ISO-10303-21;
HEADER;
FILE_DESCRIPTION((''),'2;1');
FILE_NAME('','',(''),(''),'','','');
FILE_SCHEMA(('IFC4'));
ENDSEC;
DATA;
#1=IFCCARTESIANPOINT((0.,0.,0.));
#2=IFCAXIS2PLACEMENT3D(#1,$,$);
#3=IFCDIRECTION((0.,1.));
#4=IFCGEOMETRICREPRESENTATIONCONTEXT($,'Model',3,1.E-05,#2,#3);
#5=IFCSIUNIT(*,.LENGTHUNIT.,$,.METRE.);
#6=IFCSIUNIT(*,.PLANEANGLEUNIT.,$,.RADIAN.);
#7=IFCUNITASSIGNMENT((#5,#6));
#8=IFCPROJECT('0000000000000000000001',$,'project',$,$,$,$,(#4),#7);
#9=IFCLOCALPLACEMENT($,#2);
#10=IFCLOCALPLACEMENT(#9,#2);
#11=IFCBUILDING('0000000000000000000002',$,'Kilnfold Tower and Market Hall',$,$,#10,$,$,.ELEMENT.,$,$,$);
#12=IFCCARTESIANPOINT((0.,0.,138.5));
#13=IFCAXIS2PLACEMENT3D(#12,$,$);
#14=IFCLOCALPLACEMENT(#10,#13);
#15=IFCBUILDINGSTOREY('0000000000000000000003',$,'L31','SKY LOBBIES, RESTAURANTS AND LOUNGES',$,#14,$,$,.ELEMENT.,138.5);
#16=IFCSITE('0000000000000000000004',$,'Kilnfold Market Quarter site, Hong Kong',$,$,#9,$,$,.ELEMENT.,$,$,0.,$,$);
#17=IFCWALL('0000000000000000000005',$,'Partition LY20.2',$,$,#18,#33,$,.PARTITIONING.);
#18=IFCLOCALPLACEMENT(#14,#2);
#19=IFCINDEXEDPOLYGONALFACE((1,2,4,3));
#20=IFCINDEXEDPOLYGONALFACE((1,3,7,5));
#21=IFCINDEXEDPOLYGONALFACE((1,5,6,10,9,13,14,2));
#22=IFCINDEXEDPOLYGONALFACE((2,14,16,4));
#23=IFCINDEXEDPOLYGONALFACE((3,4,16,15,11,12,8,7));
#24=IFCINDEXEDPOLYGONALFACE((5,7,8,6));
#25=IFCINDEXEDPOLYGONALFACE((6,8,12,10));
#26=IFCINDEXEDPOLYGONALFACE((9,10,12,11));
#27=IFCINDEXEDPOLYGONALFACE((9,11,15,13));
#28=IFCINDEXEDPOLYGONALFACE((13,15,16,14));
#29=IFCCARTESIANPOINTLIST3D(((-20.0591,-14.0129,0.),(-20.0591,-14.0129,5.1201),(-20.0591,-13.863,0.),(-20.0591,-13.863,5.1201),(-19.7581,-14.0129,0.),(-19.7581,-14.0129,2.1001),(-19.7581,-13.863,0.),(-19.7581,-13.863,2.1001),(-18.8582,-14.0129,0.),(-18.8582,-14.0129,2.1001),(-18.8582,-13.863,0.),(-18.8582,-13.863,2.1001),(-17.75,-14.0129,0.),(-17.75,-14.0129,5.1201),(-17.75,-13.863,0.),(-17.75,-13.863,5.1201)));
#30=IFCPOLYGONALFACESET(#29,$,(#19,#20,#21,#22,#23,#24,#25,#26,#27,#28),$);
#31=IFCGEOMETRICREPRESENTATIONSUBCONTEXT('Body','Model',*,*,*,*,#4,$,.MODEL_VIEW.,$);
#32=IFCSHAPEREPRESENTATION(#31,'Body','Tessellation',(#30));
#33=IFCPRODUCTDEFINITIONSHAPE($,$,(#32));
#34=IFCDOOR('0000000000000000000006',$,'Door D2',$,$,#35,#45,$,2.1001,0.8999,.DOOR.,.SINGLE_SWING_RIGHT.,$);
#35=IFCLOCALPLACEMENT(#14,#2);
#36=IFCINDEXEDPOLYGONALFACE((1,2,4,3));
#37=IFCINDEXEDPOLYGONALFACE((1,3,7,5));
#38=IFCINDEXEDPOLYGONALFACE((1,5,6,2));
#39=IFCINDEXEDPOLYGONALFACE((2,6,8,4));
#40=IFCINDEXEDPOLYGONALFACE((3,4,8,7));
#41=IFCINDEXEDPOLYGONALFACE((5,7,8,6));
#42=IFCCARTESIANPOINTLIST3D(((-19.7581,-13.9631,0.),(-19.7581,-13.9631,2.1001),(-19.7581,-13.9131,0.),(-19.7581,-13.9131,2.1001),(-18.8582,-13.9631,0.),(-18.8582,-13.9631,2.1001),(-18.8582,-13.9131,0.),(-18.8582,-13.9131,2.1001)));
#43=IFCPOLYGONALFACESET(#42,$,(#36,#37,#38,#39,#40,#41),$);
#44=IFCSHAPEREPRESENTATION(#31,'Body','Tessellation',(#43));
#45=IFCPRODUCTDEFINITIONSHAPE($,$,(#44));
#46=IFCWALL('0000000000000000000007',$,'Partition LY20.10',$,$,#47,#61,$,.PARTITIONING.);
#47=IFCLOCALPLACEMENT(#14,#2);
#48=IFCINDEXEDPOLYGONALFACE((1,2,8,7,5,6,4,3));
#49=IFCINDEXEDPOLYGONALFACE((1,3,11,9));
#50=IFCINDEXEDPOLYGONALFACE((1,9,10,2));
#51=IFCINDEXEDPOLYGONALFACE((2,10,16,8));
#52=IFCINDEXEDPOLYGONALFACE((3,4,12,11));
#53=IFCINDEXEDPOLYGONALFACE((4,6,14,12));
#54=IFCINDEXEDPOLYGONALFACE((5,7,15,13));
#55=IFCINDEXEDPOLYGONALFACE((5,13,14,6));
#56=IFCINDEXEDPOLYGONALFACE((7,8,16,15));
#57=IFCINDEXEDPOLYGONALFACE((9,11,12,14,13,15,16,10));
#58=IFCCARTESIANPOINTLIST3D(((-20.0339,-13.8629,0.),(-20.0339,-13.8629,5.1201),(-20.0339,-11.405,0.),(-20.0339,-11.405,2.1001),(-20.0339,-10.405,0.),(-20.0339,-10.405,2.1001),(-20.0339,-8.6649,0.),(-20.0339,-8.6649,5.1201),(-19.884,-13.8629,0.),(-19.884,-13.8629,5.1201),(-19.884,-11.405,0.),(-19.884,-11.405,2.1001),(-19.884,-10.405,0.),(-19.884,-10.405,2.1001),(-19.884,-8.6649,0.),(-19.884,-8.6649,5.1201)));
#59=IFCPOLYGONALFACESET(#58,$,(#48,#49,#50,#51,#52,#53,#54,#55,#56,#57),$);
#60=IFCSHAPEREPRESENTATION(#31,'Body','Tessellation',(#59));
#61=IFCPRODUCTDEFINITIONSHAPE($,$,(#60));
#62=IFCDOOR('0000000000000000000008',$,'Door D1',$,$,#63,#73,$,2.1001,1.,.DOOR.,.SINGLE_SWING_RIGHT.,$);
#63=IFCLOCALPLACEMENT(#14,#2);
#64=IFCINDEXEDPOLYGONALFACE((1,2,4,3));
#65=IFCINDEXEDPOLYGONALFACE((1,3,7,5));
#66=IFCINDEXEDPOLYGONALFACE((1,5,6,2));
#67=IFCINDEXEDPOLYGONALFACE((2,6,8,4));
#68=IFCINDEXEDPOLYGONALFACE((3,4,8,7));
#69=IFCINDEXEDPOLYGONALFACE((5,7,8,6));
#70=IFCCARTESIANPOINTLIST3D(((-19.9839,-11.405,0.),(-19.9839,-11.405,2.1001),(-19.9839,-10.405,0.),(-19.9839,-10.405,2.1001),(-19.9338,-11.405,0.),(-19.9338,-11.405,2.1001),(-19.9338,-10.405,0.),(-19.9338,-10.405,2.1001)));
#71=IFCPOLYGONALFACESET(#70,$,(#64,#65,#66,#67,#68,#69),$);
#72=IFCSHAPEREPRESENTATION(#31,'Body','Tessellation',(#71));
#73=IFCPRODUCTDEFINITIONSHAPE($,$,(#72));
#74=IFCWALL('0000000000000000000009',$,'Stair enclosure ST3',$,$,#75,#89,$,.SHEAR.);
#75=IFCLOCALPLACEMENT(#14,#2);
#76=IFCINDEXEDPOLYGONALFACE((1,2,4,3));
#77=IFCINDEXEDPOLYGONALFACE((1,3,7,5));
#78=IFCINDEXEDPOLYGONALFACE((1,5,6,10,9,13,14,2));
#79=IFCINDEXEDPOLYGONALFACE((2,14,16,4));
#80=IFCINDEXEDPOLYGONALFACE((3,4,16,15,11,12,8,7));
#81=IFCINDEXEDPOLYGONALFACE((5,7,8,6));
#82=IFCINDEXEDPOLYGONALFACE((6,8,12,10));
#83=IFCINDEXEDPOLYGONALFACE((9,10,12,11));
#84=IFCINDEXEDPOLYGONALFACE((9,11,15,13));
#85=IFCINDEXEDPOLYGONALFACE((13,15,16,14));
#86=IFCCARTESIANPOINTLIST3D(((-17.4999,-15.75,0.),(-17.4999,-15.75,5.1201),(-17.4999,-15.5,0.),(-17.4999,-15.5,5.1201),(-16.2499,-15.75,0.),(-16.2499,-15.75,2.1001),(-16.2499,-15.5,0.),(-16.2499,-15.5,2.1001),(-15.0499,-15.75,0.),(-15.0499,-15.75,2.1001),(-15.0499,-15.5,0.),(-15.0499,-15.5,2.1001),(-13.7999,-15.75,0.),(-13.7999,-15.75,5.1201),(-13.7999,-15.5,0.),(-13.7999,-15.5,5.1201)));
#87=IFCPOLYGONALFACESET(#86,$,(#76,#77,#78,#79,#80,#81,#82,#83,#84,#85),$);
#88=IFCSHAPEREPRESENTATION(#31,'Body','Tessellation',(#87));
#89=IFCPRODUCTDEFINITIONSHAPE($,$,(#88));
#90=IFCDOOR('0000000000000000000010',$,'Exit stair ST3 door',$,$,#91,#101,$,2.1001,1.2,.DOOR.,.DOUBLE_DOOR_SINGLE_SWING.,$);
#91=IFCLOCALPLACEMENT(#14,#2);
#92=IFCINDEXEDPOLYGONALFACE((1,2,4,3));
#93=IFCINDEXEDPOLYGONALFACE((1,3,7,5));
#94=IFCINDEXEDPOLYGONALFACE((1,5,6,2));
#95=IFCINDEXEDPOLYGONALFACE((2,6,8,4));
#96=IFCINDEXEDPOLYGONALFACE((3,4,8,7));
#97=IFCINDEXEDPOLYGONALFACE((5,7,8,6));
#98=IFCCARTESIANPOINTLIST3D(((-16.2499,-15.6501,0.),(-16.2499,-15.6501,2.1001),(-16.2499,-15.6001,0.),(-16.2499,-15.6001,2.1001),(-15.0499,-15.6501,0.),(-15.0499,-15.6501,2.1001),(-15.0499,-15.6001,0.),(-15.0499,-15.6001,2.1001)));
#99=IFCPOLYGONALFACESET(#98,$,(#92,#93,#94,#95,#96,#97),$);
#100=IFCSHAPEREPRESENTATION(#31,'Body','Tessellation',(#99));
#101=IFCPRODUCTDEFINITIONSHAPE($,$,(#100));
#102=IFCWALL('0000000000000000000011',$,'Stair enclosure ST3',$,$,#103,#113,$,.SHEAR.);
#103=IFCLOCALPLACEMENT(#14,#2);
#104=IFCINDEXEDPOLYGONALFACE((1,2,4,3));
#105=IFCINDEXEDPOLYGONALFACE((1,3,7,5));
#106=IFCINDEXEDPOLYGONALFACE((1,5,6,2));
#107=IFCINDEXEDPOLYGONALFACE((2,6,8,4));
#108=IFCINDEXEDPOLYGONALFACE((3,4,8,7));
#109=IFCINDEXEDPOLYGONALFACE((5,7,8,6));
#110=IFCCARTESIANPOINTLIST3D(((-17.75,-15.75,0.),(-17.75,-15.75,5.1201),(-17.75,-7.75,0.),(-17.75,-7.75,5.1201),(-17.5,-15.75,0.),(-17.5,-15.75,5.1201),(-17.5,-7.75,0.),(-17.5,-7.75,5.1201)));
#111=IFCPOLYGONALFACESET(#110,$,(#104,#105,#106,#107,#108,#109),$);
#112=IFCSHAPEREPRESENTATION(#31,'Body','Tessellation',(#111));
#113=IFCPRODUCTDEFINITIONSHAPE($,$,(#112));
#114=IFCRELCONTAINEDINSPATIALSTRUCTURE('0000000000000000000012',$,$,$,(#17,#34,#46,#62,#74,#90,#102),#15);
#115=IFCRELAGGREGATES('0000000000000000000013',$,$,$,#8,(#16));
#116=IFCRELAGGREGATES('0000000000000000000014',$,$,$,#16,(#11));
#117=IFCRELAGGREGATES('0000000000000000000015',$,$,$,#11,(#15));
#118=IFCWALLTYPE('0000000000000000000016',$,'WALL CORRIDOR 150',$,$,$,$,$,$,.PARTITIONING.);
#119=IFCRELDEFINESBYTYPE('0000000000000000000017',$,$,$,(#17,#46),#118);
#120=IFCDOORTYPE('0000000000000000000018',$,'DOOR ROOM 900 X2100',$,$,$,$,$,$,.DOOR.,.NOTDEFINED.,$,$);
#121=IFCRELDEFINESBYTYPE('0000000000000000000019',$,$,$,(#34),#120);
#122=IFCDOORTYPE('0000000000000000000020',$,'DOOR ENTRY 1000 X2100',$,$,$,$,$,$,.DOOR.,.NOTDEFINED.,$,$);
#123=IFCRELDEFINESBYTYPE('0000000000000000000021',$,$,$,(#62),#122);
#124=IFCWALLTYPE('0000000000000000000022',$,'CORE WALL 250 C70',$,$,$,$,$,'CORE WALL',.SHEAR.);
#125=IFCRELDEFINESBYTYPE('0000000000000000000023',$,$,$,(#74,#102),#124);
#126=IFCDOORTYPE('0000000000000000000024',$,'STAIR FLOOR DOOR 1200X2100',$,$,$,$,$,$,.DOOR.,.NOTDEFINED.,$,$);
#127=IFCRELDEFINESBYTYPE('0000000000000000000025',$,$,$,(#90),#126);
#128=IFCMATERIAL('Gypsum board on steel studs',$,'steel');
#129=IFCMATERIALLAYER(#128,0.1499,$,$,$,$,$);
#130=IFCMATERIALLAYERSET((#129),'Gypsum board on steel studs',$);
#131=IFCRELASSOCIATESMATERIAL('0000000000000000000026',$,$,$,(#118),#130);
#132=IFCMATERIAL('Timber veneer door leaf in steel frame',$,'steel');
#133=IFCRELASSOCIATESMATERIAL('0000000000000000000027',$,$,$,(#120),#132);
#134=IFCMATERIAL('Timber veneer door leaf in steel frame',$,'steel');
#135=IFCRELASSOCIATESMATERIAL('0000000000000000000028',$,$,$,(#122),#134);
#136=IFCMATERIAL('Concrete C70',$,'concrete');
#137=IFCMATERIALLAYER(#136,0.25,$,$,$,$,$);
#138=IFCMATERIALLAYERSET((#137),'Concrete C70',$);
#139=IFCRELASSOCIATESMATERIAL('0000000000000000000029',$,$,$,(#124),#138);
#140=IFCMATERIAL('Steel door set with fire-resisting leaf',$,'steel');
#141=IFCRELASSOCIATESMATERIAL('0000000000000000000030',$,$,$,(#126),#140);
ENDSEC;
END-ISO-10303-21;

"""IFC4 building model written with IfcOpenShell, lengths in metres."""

from ifc_helpers import new_model, si_unit, direction, frame, frame_2d, origin, place, context, subcontext, project, spatial, rectangle, extrude, source, transform, mapped, material, layer, layer_set, type_object, element, fill, save


model = new_model("IFC4")

# Units and contexts
model_context = context("Model", 3, precision=1e-05, world=origin(), true_north=direction((0.0, 1.0)))
body_context = subcontext(model_context, "Body", "Model", "MODEL_VIEW")
ifc_project = project(units=[si_unit("LENGTHUNIT", "METRE"), si_unit("PLANEANGLEUNIT", "RADIAN")], contexts=[model_context])

# Site, building, storey
site_placement = place(None, origin())
site = spatial("IfcSite", under=ifc_project, at=site_placement, Name="Kilnfold Market Quarter site, Hong Kong", CompositionType="ELEMENT", RefElevation=0.0)
building_placement = place(site_placement, origin())
building = spatial("IfcBuilding", under=site, at=building_placement, Name="Kilnfold Tower and Market Hall", CompositionType="ELEMENT")
storey_placement = place(building_placement, frame((0.0, 0.0, 138.5)))
storey = spatial("IfcBuildingStorey", under=building, at=storey_placement, Name="L31", Description="SKY LOBBIES, RESTAURANTS AND LOUNGES", CompositionType="ELEMENT", Elevation=138.5)

# Walls, openings, doors
ifc_material_1 = material(Name="Gypsum board on steel studs", Category="steel")
ifc_layer_1 = layer(ifc_material_1, 0.1499)
ifc_layer_set_1 = layer_set([ifc_layer_1], Name="Gypsum board on steel studs")
wall_type_1 = type_object("IfcWallType", Name="WALL CORRIDOR 150", PredefinedType="PARTITIONING", material=ifc_layer_set_1)
wall_1_placement = place(storey_placement, frame((-20.0591, -13.938, 0.0), z_axis=(0.0, 0.0, 1.0), x_axis=(1.0, 0.0, 0.0)))
wall_1 = element("IfcWall", 1, at=wall_1_placement, inside=storey, type_object=wall_type_1, Name="Partition LY20.2", PredefinedType="PARTITIONING", context=body_context, shape_type="SweptSolid", body=[
    extrude(rectangle(XDim=2.3091, YDim=0.1499, at=frame_2d((1.1545, 0.0))), origin(), (0.0, 0.0, 1.0), 5.1201),
])
opening_1_placement = place(wall_1_placement, frame((0.301, 0.0, 0.0)))
opening_1 = element("IfcOpeningElement", 2, at=opening_1_placement, cuts=wall_1, PredefinedType="OPENING", context=body_context, shape_type="SweptSolid", body=[
    extrude(rectangle(XDim=0.8999, YDim=2.1001, at=frame_2d((0.45, 1.05))), frame((0.0, 0.085, 0.0), z_axis=(0.0, -1.0, 0.0), x_axis=(1.0, 0.0, 0.0)), (0.0, 0.0, 1.0), 0.1699),
])
ifc_material_2 = material(Name="Timber veneer door leaf in steel frame", Category="steel")
door_type_1 = type_object("IfcDoorType", Name="DOOR ROOM 900 X2100", OperationType="NOTDEFINED", PredefinedType="DOOR", material=ifc_material_2)
door_1_placement = place(opening_1_placement, origin())
door_1 = element("IfcDoor", 3, at=door_1_placement, inside=storey, type_object=door_type_1, Name="Door D2", OperationType="SINGLE_SWING_RIGHT", OverallHeight=2.1001, OverallWidth=0.8999, PredefinedType="DOOR", context=body_context, shape_type="SweptSolid", body=[
    extrude(rectangle(XDim=0.8999, YDim=2.1001, at=frame_2d((0.45, 1.05))), frame((0.0, 0.0249, 0.0), z_axis=(0.0, -1.0, 0.0), x_axis=(1.0, 0.0, 0.0)), (0.0, 0.0, 1.0), 0.05),
])
fill(opening_1, door_1)
wall_2_placement = place(storey_placement, frame((-19.959, -13.863, 0.0), z_axis=(0.0, 0.0, 1.0), x_axis=(0.0, 1.0, 0.0)))
wall_2 = element("IfcWall", 4, at=wall_2_placement, inside=storey, type_object=wall_type_1, Name="Partition LY20.10", PredefinedType="PARTITIONING", context=body_context, shape_type="SweptSolid", body=[
    extrude(rectangle(XDim=5.198, YDim=0.1499, at=frame_2d((2.5991, 0.0))), origin(), (0.0, 0.0, 1.0), 5.1201),
])
opening_2_placement = place(wall_2_placement, frame((2.458, 0.0, 0.0)))
opening_2 = element("IfcOpeningElement", 5, at=opening_2_placement, cuts=wall_2, PredefinedType="OPENING", context=body_context, shape_type="SweptSolid", body=[
    extrude(rectangle(XDim=1.0, YDim=2.1001, at=frame_2d((0.5, 1.05))), frame((0.0, 0.085, 0.0), z_axis=(0.0, -1.0, 0.0), x_axis=(1.0, 0.0, 0.0)), (0.0, 0.0, 1.0), 0.1699),
])
ifc_material_3 = material(Name="Timber veneer door leaf in steel frame", Category="steel")
door_type_2 = type_object("IfcDoorType", Name="DOOR ENTRY 1000 X2100", OperationType="NOTDEFINED", PredefinedType="DOOR", material=ifc_material_3)
door_2_placement = place(opening_2_placement, origin())
door_2 = element("IfcDoor", 6, at=door_2_placement, inside=storey, type_object=door_type_2, Name="Door D1", OperationType="SINGLE_SWING_RIGHT", OverallHeight=2.1001, OverallWidth=1.0, PredefinedType="DOOR", context=body_context, shape_type="SweptSolid", body=[
    extrude(rectangle(XDim=1.0, YDim=2.1001, at=frame_2d((0.5, 1.05))), frame((0.0, 0.0249, 0.0), z_axis=(0.0, -1.0, 0.0), x_axis=(1.0, 0.0, 0.0)), (0.0, 0.0, 1.0), 0.05),
])
fill(opening_2, door_2)
ifc_material_4 = material(Name="Concrete C70", Category="concrete")
ifc_layer_2 = layer(ifc_material_4, 0.25)
ifc_layer_set_2 = layer_set([ifc_layer_2], Name="Concrete C70")
wall_type_2 = type_object("IfcWallType", Name="CORE WALL 250 C70", ElementType="CORE WALL", PredefinedType="SHEAR", material=ifc_layer_set_2)
shared_shape_1 = source(origin(), body_context, "Body", "SweptSolid", [
    extrude(rectangle(XDim=3.7, YDim=0.25, at=frame_2d((1.8501, 0.0))), origin(), (0.0, 0.0, 1.0), 5.1201),
])
wall_3_placement = place(storey_placement, frame((-17.5, -15.625, 0.0), z_axis=(0.0, 0.0, 1.0), x_axis=(1.0, 0.0, 0.0)))
wall_3 = element("IfcWall", 7, at=wall_3_placement, inside=storey, type_object=wall_type_2, Name="Stair enclosure ST3", PredefinedType="SHEAR", context=body_context, shape_type="MappedRepresentation", body=[
    mapped(shared_shape_1, transform((0.0, 0.0, 0.0))),
])
opening_3_placement = place(wall_3_placement, frame((1.25, 0.0, 0.0)))
opening_3 = element("IfcOpeningElement", 8, at=opening_3_placement, cuts=wall_3, PredefinedType="OPENING", context=body_context, shape_type="SweptSolid", body=[
    extrude(rectangle(XDim=1.2, YDim=2.1001, at=frame_2d((0.6001, 1.05))), frame((0.0, 0.135, 0.0), z_axis=(0.0, -1.0, 0.0), x_axis=(1.0, 0.0, 0.0)), (0.0, 0.0, 1.0), 0.27),
])
ifc_material_5 = material(Name="Steel door set with fire-resisting leaf", Category="steel")
door_type_3 = type_object("IfcDoorType", Name="STAIR FLOOR DOOR 1200X2100", OperationType="NOTDEFINED", PredefinedType="DOOR", material=ifc_material_5)
door_3_placement = place(opening_3_placement, origin())
door_3 = element("IfcDoor", 9, at=door_3_placement, inside=storey, type_object=door_type_3, Name="Exit stair ST3 door", OperationType="DOUBLE_DOOR_SINGLE_SWING", OverallHeight=2.1001, OverallWidth=1.2, PredefinedType="DOOR", context=body_context, shape_type="SweptSolid", body=[
    extrude(rectangle(XDim=1.2, YDim=2.1001, at=frame_2d((0.6001, 1.05))), frame((0.0, 0.0249, 0.0), z_axis=(0.0, -1.0, 0.0), x_axis=(1.0, 0.0, 0.0)), (0.0, 0.0, 1.0), 0.05),
])
fill(opening_3, door_3)

# Wall
shared_shape_2 = source(origin(), body_context, "Body", "SweptSolid", [
    extrude(rectangle(XDim=8.0, YDim=0.25, at=frame_2d((4.0, 0.0))), origin(), (0.0, 0.0, 1.0), 5.1201),
])
wall_4_placement = place(storey_placement, frame((-17.625, -15.75, 0.0), z_axis=(0.0, 0.0, 1.0), x_axis=(0.0, 1.0, 0.0)))
element("IfcWall", 10, at=wall_4_placement, inside=storey, type_object=wall_type_2, Name="Stair enclosure ST3", PredefinedType="SHEAR", context=body_context, shape_type="MappedRepresentation", body=[
    mapped(shared_shape_2, transform((0.0, 0.0, 0.0))),
])

save(model, "model.ifc")
